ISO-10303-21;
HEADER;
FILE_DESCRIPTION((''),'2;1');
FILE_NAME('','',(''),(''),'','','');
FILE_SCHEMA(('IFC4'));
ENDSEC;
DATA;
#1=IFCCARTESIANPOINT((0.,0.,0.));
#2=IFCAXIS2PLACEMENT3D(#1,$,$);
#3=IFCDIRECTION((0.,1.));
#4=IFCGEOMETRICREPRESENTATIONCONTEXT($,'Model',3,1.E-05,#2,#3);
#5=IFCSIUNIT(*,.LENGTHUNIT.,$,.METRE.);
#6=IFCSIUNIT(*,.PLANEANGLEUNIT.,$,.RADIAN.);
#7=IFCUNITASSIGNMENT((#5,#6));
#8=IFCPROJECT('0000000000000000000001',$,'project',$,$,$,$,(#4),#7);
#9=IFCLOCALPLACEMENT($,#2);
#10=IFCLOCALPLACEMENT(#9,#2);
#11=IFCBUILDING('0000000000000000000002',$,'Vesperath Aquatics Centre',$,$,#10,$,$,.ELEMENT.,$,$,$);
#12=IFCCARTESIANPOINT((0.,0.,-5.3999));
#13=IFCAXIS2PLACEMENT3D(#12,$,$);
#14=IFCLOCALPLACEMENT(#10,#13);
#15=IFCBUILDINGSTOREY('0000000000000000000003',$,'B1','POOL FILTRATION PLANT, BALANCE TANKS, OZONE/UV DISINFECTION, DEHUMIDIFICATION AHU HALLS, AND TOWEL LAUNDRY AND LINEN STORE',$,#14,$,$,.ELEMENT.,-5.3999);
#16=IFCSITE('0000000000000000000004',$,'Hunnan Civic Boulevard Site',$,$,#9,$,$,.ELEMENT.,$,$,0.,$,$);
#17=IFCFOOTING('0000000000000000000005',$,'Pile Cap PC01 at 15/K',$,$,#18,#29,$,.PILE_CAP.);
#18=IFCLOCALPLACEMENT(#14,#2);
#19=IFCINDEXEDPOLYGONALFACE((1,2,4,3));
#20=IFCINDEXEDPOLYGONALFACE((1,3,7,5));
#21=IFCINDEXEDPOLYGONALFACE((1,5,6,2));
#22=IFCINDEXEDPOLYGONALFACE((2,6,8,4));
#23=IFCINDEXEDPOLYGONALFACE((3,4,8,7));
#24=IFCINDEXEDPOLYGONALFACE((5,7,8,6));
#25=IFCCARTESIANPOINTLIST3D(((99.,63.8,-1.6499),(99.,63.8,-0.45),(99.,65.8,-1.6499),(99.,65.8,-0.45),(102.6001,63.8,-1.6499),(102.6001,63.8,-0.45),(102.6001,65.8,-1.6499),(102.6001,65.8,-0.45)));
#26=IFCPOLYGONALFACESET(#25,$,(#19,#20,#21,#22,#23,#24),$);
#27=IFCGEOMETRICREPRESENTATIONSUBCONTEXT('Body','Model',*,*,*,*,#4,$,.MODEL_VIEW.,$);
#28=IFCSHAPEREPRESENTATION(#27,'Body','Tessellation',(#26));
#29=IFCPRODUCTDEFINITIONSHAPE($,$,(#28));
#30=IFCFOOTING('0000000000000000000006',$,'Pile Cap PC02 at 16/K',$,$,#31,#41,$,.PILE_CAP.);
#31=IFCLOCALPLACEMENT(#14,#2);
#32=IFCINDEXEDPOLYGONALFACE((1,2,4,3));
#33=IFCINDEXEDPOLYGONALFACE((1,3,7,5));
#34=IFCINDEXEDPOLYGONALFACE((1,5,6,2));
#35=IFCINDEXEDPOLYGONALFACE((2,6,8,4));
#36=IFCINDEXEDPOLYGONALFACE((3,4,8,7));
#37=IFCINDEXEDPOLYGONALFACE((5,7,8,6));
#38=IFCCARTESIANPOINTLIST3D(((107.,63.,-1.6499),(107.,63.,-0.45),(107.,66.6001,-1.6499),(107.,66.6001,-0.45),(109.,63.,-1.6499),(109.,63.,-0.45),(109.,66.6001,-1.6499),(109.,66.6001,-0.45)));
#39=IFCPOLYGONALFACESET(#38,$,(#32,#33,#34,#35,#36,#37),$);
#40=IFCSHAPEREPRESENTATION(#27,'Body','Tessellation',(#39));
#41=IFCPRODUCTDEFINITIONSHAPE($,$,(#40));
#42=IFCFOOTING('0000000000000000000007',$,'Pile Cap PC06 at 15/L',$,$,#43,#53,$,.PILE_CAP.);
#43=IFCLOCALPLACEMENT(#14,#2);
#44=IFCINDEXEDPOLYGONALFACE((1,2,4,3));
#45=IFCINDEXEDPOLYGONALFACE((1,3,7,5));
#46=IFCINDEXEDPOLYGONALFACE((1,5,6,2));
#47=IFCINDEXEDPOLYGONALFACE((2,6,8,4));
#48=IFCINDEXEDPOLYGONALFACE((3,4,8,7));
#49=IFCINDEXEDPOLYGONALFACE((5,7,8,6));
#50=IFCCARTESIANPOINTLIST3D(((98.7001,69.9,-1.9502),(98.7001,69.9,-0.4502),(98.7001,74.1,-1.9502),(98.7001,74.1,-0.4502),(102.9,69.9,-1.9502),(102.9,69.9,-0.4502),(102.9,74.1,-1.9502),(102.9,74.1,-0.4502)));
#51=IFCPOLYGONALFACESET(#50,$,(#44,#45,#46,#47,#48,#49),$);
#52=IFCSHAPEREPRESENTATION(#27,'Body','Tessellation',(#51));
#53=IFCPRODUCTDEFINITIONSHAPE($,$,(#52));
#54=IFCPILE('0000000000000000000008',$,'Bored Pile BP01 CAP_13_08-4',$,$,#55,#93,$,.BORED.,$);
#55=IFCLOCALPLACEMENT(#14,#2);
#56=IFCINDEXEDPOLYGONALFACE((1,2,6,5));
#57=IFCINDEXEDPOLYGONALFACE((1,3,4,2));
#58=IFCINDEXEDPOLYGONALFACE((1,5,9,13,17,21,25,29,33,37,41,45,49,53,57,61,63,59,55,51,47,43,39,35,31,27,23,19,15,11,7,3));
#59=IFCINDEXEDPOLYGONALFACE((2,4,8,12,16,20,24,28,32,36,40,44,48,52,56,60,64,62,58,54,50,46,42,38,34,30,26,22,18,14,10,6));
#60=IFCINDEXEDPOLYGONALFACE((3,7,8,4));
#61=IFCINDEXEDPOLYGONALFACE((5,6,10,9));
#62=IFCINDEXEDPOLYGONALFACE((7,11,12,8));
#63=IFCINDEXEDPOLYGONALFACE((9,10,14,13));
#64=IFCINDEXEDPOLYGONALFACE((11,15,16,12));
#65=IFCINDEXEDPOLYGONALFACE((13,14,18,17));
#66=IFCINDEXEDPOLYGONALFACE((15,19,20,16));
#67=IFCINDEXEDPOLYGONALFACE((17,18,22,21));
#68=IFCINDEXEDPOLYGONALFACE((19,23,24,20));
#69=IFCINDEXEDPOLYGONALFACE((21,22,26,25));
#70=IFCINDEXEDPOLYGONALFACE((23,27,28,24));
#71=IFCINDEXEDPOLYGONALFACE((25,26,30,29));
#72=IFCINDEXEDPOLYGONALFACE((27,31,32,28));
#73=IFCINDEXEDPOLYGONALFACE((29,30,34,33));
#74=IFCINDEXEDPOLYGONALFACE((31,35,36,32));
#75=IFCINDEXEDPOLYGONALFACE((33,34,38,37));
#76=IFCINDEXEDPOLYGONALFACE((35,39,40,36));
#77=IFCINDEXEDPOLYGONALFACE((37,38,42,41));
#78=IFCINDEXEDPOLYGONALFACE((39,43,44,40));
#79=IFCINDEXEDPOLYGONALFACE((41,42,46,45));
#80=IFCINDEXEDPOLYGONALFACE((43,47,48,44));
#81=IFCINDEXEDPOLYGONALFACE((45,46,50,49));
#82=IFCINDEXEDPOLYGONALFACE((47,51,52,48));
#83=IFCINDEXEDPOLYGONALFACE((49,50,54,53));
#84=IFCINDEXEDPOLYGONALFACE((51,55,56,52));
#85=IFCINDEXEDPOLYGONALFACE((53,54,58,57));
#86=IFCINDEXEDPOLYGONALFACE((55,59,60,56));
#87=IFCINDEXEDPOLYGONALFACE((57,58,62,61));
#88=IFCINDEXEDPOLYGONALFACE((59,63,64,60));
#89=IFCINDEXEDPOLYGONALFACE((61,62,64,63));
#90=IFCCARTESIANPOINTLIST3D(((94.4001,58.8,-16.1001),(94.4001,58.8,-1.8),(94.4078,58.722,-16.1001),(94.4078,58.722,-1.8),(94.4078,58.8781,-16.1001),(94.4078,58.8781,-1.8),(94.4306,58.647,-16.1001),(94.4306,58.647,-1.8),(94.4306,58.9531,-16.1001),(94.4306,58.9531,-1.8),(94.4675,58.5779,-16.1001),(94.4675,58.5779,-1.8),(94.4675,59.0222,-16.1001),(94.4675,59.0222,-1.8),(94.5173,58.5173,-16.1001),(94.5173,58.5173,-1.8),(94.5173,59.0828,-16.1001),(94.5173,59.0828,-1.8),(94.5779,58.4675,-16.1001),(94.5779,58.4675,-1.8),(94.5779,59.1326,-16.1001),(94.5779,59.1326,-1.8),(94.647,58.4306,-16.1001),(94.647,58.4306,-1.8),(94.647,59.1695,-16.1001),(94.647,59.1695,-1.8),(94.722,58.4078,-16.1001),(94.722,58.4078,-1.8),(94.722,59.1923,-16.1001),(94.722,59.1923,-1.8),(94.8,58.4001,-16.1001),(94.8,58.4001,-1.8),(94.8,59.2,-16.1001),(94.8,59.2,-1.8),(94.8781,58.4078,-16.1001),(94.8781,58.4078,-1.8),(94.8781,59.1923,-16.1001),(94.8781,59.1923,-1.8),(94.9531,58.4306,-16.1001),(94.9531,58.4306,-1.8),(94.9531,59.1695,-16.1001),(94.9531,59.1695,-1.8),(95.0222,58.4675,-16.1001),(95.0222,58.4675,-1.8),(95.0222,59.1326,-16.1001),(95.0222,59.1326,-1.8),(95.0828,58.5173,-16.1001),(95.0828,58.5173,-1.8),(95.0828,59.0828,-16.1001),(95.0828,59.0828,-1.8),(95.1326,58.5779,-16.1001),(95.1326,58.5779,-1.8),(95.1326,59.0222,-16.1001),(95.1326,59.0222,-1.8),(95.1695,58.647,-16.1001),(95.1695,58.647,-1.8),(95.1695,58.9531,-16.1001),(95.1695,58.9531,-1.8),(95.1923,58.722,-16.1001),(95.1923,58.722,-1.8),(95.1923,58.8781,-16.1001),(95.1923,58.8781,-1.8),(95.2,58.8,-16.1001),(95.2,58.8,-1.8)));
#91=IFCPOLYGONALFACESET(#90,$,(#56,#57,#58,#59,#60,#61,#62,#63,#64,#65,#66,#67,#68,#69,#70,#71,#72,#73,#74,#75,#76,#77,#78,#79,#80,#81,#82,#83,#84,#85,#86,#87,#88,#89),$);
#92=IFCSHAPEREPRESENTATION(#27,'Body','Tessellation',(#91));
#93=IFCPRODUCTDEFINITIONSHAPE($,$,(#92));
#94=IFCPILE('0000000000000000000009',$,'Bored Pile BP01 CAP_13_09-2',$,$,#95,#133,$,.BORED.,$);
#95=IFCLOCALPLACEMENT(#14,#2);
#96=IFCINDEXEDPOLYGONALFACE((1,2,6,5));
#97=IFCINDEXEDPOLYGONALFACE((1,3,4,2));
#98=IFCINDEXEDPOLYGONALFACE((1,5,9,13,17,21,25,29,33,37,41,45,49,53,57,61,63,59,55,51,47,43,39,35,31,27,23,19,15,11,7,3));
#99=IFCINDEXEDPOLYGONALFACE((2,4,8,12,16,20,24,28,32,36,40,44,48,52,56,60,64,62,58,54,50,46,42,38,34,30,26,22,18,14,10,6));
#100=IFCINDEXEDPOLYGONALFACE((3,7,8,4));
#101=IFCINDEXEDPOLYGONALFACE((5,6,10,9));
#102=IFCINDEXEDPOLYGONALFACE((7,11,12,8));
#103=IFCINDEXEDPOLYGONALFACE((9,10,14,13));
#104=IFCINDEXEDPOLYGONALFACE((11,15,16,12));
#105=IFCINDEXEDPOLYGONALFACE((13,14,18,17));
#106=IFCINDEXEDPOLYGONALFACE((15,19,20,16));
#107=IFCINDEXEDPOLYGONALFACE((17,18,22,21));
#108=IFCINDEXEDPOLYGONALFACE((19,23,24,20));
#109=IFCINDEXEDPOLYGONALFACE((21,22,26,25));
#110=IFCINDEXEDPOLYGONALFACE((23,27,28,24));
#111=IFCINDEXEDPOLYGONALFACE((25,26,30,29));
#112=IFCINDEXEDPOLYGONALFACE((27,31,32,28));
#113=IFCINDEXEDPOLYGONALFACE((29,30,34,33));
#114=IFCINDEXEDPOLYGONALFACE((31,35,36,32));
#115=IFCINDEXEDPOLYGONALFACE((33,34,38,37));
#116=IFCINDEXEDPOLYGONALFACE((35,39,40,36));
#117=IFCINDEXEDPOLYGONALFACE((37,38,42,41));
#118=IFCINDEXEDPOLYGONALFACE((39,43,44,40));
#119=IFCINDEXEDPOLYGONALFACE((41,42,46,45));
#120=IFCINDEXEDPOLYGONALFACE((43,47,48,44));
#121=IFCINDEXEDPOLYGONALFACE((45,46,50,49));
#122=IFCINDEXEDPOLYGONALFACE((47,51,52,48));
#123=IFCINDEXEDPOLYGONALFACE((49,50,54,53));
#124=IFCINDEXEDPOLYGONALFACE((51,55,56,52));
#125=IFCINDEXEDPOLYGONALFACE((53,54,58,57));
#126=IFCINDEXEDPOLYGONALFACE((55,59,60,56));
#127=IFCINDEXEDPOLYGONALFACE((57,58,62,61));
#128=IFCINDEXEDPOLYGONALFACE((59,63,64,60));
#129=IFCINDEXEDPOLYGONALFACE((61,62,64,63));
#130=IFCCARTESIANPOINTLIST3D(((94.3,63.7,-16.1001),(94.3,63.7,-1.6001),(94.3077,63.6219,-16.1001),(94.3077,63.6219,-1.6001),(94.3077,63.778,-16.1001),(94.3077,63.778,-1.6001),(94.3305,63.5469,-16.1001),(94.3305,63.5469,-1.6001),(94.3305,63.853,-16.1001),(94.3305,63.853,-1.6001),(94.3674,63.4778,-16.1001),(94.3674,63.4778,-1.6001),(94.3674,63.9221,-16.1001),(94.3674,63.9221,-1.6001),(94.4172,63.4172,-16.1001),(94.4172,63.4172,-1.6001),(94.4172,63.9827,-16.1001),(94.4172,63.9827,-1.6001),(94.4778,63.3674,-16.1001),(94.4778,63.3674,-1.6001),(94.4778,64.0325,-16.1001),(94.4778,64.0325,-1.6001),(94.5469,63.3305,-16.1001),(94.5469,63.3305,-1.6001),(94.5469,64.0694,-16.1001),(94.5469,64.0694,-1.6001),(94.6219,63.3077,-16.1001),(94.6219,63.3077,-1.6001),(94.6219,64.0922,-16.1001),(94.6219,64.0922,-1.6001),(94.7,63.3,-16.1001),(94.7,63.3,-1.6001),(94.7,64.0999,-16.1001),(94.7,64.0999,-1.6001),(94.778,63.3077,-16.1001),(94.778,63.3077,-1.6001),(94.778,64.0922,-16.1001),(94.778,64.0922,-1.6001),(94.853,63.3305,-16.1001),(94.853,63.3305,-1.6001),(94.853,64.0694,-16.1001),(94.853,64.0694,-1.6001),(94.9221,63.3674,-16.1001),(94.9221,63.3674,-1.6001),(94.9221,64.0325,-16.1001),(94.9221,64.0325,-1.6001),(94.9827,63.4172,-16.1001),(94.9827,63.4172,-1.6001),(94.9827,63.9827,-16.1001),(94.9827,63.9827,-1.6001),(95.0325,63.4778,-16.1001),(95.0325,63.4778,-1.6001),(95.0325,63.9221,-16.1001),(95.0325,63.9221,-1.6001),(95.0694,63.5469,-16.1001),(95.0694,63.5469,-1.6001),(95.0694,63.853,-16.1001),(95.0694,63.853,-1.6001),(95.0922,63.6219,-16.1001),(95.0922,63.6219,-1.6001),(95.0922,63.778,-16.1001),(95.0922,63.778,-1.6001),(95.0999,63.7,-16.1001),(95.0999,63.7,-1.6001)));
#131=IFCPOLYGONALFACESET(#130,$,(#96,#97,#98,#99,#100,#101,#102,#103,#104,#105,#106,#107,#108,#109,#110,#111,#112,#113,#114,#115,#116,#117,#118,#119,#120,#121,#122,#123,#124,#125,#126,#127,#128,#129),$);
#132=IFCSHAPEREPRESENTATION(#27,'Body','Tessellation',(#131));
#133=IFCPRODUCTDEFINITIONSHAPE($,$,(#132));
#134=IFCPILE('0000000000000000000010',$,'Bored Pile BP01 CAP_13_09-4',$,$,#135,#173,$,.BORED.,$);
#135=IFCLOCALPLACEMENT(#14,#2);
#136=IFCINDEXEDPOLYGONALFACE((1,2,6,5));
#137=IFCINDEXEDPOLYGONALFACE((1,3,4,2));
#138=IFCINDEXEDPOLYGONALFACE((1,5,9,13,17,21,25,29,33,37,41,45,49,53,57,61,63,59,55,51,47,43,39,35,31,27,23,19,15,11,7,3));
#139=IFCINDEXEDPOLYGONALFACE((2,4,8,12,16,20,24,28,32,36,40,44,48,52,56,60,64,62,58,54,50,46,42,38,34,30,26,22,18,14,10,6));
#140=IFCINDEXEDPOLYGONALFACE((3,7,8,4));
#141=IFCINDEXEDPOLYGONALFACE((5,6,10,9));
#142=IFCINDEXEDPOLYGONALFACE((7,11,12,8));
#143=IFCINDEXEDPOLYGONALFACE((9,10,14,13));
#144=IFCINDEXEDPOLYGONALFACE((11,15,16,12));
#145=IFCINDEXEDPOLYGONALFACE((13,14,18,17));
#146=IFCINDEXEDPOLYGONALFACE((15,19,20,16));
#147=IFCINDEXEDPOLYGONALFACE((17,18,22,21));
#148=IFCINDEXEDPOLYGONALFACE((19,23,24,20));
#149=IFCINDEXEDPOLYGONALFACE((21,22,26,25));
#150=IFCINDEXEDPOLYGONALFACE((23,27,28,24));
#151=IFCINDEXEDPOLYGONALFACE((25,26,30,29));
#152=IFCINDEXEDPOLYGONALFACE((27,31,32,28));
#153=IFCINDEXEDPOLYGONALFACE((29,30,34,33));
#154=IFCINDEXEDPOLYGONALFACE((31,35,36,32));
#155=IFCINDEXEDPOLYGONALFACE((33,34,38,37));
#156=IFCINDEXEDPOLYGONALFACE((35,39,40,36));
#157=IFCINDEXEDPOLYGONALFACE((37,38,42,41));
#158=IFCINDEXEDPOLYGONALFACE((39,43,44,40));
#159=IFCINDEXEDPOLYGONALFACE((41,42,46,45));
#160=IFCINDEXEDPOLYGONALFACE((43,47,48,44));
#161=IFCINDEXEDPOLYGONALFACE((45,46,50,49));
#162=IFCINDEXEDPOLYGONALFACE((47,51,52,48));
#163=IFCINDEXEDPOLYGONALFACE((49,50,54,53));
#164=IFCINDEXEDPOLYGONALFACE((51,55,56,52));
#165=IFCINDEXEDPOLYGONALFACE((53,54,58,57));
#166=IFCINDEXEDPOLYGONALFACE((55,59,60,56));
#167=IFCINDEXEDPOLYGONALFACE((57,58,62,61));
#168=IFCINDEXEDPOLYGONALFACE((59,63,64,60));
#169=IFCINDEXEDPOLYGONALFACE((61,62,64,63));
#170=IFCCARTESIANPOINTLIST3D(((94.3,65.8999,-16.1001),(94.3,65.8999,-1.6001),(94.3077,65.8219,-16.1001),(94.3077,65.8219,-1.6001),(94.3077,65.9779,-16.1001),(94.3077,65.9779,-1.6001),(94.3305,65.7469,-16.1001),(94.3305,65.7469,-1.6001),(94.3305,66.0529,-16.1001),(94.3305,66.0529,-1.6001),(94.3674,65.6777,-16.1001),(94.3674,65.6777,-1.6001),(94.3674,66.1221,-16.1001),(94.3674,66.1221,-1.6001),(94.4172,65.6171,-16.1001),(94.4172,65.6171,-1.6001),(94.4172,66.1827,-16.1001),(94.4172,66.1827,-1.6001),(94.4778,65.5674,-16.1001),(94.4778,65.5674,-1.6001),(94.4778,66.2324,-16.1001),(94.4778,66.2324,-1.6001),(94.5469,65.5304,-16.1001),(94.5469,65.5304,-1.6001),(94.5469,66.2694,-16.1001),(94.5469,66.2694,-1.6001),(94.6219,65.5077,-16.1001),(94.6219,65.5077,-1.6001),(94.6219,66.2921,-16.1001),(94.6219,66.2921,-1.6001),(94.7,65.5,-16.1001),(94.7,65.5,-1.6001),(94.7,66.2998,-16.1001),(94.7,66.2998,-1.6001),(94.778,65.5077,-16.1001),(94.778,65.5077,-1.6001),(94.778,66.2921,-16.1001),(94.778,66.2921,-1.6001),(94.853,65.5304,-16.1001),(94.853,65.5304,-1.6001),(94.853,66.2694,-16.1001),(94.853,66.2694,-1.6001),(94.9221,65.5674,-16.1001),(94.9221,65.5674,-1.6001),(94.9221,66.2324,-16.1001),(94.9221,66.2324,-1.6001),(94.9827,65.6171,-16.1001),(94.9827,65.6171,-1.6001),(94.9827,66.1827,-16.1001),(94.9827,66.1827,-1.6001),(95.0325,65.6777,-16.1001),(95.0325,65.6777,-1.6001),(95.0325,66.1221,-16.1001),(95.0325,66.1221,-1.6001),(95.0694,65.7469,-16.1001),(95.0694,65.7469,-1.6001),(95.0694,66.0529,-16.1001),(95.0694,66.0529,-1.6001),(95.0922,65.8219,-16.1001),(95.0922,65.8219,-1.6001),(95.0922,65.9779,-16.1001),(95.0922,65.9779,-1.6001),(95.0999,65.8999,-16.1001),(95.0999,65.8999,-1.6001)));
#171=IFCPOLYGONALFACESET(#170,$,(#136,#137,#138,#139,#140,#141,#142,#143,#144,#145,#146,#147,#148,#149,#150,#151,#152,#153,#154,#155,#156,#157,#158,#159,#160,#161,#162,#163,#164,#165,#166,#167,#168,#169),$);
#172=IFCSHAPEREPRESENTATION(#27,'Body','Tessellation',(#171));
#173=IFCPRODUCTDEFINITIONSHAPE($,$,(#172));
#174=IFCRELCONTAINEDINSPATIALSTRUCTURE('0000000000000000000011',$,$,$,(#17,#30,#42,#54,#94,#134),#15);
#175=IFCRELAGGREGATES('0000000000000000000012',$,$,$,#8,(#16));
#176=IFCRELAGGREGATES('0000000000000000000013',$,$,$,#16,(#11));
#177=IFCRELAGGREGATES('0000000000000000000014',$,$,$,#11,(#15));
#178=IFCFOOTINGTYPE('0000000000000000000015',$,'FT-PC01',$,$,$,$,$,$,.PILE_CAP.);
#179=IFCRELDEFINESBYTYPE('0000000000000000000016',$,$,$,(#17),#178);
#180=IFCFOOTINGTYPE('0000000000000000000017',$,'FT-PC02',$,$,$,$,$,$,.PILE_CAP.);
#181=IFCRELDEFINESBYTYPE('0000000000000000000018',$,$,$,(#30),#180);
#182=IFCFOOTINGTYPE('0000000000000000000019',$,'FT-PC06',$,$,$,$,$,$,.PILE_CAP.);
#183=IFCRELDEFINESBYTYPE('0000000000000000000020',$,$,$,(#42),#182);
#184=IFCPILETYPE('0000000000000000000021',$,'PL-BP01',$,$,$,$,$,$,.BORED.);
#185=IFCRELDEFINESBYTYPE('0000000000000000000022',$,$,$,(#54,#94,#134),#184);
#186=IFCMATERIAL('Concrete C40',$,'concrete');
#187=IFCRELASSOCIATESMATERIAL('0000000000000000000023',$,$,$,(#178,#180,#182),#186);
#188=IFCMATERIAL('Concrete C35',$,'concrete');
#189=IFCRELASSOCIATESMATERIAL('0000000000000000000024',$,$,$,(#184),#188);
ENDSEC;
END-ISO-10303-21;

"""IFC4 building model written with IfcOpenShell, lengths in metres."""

from ifc_helpers import new_model, si_unit, direction, frame, origin, origin_2d, place, context, subcontext, project, spatial, rectangle, circle, extrude, material, material_profile, profile_set, type_object, element, save


model = new_model("IFC4")

# Units and contexts
model_context = context("Model", 3, precision=1e-05, world=origin(), true_north=direction((0.0, 1.0)))
body_context = subcontext(model_context, "Body", "Model", "MODEL_VIEW")
ifc_project = project(units=[si_unit("LENGTHUNIT", "METRE"), si_unit("PLANEANGLEUNIT", "RADIAN")], contexts=[model_context])

# Site, building, storey
site_placement = place(None, origin())
site = spatial("IfcSite", under=ifc_project, at=site_placement, Name="Hunnan Civic Boulevard Site", CompositionType="ELEMENT", RefElevation=0.0)
building_placement = place(site_placement, origin())
building = spatial("IfcBuilding", under=site, at=building_placement, Name="Vesperath Aquatics Centre", CompositionType="ELEMENT")
storey_placement = place(building_placement, frame((0.0, 0.0, -5.3999)))
storey = spatial("IfcBuildingStorey", under=building, at=storey_placement, Name="B1", Description="POOL FILTRATION PLANT, BALANCE TANKS, OZONE/UV DISINFECTION, DEHUMIDIFICATION AHU HALLS, AND TOWEL LAUNDRY AND LINEN STORE", CompositionType="ELEMENT", Elevation=-5.3999)

# Footings
ifc_material_1 = material(Name="Concrete C40", Category="concrete")
footing_type_1 = type_object("IfcFootingType", Name="FT-PC01", PredefinedType="PILE_CAP", material=ifc_material_1)
footing_1_placement = place(storey_placement, frame((100.8, 64.8, -1.6499), z_axis=(0.0, 0.0, 1.0), x_axis=(1.0, 0.0, 0.0)))
element("IfcFooting", 1, at=footing_1_placement, inside=storey, type_object=footing_type_1, Name="Pile Cap PC01 at 15/K", PredefinedType="PILE_CAP", context=body_context, shape_type="SweptSolid", body=[
    extrude(rectangle(XDim=3.6001, YDim=2.0, at=origin_2d()), origin(), (0.0, 0.0, 1.0), 1.2),
])
footing_type_2 = type_object("IfcFootingType", Name="FT-PC02", PredefinedType="PILE_CAP", material=ifc_material_1)
footing_2_placement = place(storey_placement, frame((108.0, 64.8, -1.6499), z_axis=(0.0, 0.0, 1.0), x_axis=(1.0, 0.0, 0.0)))
element("IfcFooting", 2, at=footing_2_placement, inside=storey, type_object=footing_type_2, Name="Pile Cap PC02 at 16/K", PredefinedType="PILE_CAP", context=body_context, shape_type="SweptSolid", body=[
    extrude(rectangle(XDim=2.0, YDim=3.6001, at=origin_2d()), origin(), (0.0, 0.0, 1.0), 1.2),
])
footing_type_3 = type_object("IfcFootingType", Name="FT-PC06", PredefinedType="PILE_CAP", material=ifc_material_1)
footing_3_placement = place(storey_placement, frame((100.8, 72.0, -1.9502), z_axis=(0.0, 0.0, 1.0), x_axis=(1.0, 0.0, 0.0)))
element("IfcFooting", 3, at=footing_3_placement, inside=storey, type_object=footing_type_3, Name="Pile Cap PC06 at 15/L", PredefinedType="PILE_CAP", context=body_context, shape_type="SweptSolid", body=[
    extrude(rectangle(XDim=4.2, YDim=4.2, at=origin_2d()), origin(), (0.0, 0.0, 1.0), 1.5),
])

# Piles
ifc_material_2 = material(Name="Concrete C35", Category="concrete")
ifc_material_profile_1 = material_profile(ifc_material_2, circle(Radius=0.3999, at=origin_2d()), Name="PILE D800")
ifc_profile_set_1 = profile_set([ifc_material_profile_1], Name="Concrete C35")
pile_type = type_object("IfcPileType", Name="PL-BP01", PredefinedType="BORED", material=ifc_profile_set_1)
pile_placement = place(storey_placement, frame((94.8, 58.8, -1.8), z_axis=(0.0, 0.0, -1.0), x_axis=(1.0, 0.0, 0.0)))
element("IfcPile", 4, at=pile_placement, inside=storey, type_object=pile_type, Name="Bored Pile BP01 CAP_13_08-4", PredefinedType="BORED", context=body_context, shape_type="SweptSolid", body=[
    extrude(circle(Radius=0.3999, at=origin_2d()), origin(), (0.0, 0.0, 1.0), 14.3),
])
for number, where, z_axis, x_axis, name in (
    (5, (94.7, 63.7, -1.6001), (0.0, 0.0, -1.0), (1.0, 0.0, 0.0), "Bored Pile BP01 CAP_13_09-2"),
    (6, (94.7, 65.8999, -1.6001), (0.0, 0.0, -1.0), (1.0, 0.0, 0.0), "Bored Pile BP01 CAP_13_09-4"),
):
    element("IfcPile", number, at=place(storey_placement, frame(where, z_axis=z_axis, x_axis=x_axis)), inside=storey, type_object=pile_type, Name=name, PredefinedType="BORED", context=body_context, shape_type="SweptSolid", body=[
        extrude(circle(Radius=0.3999, at=origin_2d()), origin(), (0.0, 0.0, 1.0), 14.5),
    ])

save(model, "model.ifc")
